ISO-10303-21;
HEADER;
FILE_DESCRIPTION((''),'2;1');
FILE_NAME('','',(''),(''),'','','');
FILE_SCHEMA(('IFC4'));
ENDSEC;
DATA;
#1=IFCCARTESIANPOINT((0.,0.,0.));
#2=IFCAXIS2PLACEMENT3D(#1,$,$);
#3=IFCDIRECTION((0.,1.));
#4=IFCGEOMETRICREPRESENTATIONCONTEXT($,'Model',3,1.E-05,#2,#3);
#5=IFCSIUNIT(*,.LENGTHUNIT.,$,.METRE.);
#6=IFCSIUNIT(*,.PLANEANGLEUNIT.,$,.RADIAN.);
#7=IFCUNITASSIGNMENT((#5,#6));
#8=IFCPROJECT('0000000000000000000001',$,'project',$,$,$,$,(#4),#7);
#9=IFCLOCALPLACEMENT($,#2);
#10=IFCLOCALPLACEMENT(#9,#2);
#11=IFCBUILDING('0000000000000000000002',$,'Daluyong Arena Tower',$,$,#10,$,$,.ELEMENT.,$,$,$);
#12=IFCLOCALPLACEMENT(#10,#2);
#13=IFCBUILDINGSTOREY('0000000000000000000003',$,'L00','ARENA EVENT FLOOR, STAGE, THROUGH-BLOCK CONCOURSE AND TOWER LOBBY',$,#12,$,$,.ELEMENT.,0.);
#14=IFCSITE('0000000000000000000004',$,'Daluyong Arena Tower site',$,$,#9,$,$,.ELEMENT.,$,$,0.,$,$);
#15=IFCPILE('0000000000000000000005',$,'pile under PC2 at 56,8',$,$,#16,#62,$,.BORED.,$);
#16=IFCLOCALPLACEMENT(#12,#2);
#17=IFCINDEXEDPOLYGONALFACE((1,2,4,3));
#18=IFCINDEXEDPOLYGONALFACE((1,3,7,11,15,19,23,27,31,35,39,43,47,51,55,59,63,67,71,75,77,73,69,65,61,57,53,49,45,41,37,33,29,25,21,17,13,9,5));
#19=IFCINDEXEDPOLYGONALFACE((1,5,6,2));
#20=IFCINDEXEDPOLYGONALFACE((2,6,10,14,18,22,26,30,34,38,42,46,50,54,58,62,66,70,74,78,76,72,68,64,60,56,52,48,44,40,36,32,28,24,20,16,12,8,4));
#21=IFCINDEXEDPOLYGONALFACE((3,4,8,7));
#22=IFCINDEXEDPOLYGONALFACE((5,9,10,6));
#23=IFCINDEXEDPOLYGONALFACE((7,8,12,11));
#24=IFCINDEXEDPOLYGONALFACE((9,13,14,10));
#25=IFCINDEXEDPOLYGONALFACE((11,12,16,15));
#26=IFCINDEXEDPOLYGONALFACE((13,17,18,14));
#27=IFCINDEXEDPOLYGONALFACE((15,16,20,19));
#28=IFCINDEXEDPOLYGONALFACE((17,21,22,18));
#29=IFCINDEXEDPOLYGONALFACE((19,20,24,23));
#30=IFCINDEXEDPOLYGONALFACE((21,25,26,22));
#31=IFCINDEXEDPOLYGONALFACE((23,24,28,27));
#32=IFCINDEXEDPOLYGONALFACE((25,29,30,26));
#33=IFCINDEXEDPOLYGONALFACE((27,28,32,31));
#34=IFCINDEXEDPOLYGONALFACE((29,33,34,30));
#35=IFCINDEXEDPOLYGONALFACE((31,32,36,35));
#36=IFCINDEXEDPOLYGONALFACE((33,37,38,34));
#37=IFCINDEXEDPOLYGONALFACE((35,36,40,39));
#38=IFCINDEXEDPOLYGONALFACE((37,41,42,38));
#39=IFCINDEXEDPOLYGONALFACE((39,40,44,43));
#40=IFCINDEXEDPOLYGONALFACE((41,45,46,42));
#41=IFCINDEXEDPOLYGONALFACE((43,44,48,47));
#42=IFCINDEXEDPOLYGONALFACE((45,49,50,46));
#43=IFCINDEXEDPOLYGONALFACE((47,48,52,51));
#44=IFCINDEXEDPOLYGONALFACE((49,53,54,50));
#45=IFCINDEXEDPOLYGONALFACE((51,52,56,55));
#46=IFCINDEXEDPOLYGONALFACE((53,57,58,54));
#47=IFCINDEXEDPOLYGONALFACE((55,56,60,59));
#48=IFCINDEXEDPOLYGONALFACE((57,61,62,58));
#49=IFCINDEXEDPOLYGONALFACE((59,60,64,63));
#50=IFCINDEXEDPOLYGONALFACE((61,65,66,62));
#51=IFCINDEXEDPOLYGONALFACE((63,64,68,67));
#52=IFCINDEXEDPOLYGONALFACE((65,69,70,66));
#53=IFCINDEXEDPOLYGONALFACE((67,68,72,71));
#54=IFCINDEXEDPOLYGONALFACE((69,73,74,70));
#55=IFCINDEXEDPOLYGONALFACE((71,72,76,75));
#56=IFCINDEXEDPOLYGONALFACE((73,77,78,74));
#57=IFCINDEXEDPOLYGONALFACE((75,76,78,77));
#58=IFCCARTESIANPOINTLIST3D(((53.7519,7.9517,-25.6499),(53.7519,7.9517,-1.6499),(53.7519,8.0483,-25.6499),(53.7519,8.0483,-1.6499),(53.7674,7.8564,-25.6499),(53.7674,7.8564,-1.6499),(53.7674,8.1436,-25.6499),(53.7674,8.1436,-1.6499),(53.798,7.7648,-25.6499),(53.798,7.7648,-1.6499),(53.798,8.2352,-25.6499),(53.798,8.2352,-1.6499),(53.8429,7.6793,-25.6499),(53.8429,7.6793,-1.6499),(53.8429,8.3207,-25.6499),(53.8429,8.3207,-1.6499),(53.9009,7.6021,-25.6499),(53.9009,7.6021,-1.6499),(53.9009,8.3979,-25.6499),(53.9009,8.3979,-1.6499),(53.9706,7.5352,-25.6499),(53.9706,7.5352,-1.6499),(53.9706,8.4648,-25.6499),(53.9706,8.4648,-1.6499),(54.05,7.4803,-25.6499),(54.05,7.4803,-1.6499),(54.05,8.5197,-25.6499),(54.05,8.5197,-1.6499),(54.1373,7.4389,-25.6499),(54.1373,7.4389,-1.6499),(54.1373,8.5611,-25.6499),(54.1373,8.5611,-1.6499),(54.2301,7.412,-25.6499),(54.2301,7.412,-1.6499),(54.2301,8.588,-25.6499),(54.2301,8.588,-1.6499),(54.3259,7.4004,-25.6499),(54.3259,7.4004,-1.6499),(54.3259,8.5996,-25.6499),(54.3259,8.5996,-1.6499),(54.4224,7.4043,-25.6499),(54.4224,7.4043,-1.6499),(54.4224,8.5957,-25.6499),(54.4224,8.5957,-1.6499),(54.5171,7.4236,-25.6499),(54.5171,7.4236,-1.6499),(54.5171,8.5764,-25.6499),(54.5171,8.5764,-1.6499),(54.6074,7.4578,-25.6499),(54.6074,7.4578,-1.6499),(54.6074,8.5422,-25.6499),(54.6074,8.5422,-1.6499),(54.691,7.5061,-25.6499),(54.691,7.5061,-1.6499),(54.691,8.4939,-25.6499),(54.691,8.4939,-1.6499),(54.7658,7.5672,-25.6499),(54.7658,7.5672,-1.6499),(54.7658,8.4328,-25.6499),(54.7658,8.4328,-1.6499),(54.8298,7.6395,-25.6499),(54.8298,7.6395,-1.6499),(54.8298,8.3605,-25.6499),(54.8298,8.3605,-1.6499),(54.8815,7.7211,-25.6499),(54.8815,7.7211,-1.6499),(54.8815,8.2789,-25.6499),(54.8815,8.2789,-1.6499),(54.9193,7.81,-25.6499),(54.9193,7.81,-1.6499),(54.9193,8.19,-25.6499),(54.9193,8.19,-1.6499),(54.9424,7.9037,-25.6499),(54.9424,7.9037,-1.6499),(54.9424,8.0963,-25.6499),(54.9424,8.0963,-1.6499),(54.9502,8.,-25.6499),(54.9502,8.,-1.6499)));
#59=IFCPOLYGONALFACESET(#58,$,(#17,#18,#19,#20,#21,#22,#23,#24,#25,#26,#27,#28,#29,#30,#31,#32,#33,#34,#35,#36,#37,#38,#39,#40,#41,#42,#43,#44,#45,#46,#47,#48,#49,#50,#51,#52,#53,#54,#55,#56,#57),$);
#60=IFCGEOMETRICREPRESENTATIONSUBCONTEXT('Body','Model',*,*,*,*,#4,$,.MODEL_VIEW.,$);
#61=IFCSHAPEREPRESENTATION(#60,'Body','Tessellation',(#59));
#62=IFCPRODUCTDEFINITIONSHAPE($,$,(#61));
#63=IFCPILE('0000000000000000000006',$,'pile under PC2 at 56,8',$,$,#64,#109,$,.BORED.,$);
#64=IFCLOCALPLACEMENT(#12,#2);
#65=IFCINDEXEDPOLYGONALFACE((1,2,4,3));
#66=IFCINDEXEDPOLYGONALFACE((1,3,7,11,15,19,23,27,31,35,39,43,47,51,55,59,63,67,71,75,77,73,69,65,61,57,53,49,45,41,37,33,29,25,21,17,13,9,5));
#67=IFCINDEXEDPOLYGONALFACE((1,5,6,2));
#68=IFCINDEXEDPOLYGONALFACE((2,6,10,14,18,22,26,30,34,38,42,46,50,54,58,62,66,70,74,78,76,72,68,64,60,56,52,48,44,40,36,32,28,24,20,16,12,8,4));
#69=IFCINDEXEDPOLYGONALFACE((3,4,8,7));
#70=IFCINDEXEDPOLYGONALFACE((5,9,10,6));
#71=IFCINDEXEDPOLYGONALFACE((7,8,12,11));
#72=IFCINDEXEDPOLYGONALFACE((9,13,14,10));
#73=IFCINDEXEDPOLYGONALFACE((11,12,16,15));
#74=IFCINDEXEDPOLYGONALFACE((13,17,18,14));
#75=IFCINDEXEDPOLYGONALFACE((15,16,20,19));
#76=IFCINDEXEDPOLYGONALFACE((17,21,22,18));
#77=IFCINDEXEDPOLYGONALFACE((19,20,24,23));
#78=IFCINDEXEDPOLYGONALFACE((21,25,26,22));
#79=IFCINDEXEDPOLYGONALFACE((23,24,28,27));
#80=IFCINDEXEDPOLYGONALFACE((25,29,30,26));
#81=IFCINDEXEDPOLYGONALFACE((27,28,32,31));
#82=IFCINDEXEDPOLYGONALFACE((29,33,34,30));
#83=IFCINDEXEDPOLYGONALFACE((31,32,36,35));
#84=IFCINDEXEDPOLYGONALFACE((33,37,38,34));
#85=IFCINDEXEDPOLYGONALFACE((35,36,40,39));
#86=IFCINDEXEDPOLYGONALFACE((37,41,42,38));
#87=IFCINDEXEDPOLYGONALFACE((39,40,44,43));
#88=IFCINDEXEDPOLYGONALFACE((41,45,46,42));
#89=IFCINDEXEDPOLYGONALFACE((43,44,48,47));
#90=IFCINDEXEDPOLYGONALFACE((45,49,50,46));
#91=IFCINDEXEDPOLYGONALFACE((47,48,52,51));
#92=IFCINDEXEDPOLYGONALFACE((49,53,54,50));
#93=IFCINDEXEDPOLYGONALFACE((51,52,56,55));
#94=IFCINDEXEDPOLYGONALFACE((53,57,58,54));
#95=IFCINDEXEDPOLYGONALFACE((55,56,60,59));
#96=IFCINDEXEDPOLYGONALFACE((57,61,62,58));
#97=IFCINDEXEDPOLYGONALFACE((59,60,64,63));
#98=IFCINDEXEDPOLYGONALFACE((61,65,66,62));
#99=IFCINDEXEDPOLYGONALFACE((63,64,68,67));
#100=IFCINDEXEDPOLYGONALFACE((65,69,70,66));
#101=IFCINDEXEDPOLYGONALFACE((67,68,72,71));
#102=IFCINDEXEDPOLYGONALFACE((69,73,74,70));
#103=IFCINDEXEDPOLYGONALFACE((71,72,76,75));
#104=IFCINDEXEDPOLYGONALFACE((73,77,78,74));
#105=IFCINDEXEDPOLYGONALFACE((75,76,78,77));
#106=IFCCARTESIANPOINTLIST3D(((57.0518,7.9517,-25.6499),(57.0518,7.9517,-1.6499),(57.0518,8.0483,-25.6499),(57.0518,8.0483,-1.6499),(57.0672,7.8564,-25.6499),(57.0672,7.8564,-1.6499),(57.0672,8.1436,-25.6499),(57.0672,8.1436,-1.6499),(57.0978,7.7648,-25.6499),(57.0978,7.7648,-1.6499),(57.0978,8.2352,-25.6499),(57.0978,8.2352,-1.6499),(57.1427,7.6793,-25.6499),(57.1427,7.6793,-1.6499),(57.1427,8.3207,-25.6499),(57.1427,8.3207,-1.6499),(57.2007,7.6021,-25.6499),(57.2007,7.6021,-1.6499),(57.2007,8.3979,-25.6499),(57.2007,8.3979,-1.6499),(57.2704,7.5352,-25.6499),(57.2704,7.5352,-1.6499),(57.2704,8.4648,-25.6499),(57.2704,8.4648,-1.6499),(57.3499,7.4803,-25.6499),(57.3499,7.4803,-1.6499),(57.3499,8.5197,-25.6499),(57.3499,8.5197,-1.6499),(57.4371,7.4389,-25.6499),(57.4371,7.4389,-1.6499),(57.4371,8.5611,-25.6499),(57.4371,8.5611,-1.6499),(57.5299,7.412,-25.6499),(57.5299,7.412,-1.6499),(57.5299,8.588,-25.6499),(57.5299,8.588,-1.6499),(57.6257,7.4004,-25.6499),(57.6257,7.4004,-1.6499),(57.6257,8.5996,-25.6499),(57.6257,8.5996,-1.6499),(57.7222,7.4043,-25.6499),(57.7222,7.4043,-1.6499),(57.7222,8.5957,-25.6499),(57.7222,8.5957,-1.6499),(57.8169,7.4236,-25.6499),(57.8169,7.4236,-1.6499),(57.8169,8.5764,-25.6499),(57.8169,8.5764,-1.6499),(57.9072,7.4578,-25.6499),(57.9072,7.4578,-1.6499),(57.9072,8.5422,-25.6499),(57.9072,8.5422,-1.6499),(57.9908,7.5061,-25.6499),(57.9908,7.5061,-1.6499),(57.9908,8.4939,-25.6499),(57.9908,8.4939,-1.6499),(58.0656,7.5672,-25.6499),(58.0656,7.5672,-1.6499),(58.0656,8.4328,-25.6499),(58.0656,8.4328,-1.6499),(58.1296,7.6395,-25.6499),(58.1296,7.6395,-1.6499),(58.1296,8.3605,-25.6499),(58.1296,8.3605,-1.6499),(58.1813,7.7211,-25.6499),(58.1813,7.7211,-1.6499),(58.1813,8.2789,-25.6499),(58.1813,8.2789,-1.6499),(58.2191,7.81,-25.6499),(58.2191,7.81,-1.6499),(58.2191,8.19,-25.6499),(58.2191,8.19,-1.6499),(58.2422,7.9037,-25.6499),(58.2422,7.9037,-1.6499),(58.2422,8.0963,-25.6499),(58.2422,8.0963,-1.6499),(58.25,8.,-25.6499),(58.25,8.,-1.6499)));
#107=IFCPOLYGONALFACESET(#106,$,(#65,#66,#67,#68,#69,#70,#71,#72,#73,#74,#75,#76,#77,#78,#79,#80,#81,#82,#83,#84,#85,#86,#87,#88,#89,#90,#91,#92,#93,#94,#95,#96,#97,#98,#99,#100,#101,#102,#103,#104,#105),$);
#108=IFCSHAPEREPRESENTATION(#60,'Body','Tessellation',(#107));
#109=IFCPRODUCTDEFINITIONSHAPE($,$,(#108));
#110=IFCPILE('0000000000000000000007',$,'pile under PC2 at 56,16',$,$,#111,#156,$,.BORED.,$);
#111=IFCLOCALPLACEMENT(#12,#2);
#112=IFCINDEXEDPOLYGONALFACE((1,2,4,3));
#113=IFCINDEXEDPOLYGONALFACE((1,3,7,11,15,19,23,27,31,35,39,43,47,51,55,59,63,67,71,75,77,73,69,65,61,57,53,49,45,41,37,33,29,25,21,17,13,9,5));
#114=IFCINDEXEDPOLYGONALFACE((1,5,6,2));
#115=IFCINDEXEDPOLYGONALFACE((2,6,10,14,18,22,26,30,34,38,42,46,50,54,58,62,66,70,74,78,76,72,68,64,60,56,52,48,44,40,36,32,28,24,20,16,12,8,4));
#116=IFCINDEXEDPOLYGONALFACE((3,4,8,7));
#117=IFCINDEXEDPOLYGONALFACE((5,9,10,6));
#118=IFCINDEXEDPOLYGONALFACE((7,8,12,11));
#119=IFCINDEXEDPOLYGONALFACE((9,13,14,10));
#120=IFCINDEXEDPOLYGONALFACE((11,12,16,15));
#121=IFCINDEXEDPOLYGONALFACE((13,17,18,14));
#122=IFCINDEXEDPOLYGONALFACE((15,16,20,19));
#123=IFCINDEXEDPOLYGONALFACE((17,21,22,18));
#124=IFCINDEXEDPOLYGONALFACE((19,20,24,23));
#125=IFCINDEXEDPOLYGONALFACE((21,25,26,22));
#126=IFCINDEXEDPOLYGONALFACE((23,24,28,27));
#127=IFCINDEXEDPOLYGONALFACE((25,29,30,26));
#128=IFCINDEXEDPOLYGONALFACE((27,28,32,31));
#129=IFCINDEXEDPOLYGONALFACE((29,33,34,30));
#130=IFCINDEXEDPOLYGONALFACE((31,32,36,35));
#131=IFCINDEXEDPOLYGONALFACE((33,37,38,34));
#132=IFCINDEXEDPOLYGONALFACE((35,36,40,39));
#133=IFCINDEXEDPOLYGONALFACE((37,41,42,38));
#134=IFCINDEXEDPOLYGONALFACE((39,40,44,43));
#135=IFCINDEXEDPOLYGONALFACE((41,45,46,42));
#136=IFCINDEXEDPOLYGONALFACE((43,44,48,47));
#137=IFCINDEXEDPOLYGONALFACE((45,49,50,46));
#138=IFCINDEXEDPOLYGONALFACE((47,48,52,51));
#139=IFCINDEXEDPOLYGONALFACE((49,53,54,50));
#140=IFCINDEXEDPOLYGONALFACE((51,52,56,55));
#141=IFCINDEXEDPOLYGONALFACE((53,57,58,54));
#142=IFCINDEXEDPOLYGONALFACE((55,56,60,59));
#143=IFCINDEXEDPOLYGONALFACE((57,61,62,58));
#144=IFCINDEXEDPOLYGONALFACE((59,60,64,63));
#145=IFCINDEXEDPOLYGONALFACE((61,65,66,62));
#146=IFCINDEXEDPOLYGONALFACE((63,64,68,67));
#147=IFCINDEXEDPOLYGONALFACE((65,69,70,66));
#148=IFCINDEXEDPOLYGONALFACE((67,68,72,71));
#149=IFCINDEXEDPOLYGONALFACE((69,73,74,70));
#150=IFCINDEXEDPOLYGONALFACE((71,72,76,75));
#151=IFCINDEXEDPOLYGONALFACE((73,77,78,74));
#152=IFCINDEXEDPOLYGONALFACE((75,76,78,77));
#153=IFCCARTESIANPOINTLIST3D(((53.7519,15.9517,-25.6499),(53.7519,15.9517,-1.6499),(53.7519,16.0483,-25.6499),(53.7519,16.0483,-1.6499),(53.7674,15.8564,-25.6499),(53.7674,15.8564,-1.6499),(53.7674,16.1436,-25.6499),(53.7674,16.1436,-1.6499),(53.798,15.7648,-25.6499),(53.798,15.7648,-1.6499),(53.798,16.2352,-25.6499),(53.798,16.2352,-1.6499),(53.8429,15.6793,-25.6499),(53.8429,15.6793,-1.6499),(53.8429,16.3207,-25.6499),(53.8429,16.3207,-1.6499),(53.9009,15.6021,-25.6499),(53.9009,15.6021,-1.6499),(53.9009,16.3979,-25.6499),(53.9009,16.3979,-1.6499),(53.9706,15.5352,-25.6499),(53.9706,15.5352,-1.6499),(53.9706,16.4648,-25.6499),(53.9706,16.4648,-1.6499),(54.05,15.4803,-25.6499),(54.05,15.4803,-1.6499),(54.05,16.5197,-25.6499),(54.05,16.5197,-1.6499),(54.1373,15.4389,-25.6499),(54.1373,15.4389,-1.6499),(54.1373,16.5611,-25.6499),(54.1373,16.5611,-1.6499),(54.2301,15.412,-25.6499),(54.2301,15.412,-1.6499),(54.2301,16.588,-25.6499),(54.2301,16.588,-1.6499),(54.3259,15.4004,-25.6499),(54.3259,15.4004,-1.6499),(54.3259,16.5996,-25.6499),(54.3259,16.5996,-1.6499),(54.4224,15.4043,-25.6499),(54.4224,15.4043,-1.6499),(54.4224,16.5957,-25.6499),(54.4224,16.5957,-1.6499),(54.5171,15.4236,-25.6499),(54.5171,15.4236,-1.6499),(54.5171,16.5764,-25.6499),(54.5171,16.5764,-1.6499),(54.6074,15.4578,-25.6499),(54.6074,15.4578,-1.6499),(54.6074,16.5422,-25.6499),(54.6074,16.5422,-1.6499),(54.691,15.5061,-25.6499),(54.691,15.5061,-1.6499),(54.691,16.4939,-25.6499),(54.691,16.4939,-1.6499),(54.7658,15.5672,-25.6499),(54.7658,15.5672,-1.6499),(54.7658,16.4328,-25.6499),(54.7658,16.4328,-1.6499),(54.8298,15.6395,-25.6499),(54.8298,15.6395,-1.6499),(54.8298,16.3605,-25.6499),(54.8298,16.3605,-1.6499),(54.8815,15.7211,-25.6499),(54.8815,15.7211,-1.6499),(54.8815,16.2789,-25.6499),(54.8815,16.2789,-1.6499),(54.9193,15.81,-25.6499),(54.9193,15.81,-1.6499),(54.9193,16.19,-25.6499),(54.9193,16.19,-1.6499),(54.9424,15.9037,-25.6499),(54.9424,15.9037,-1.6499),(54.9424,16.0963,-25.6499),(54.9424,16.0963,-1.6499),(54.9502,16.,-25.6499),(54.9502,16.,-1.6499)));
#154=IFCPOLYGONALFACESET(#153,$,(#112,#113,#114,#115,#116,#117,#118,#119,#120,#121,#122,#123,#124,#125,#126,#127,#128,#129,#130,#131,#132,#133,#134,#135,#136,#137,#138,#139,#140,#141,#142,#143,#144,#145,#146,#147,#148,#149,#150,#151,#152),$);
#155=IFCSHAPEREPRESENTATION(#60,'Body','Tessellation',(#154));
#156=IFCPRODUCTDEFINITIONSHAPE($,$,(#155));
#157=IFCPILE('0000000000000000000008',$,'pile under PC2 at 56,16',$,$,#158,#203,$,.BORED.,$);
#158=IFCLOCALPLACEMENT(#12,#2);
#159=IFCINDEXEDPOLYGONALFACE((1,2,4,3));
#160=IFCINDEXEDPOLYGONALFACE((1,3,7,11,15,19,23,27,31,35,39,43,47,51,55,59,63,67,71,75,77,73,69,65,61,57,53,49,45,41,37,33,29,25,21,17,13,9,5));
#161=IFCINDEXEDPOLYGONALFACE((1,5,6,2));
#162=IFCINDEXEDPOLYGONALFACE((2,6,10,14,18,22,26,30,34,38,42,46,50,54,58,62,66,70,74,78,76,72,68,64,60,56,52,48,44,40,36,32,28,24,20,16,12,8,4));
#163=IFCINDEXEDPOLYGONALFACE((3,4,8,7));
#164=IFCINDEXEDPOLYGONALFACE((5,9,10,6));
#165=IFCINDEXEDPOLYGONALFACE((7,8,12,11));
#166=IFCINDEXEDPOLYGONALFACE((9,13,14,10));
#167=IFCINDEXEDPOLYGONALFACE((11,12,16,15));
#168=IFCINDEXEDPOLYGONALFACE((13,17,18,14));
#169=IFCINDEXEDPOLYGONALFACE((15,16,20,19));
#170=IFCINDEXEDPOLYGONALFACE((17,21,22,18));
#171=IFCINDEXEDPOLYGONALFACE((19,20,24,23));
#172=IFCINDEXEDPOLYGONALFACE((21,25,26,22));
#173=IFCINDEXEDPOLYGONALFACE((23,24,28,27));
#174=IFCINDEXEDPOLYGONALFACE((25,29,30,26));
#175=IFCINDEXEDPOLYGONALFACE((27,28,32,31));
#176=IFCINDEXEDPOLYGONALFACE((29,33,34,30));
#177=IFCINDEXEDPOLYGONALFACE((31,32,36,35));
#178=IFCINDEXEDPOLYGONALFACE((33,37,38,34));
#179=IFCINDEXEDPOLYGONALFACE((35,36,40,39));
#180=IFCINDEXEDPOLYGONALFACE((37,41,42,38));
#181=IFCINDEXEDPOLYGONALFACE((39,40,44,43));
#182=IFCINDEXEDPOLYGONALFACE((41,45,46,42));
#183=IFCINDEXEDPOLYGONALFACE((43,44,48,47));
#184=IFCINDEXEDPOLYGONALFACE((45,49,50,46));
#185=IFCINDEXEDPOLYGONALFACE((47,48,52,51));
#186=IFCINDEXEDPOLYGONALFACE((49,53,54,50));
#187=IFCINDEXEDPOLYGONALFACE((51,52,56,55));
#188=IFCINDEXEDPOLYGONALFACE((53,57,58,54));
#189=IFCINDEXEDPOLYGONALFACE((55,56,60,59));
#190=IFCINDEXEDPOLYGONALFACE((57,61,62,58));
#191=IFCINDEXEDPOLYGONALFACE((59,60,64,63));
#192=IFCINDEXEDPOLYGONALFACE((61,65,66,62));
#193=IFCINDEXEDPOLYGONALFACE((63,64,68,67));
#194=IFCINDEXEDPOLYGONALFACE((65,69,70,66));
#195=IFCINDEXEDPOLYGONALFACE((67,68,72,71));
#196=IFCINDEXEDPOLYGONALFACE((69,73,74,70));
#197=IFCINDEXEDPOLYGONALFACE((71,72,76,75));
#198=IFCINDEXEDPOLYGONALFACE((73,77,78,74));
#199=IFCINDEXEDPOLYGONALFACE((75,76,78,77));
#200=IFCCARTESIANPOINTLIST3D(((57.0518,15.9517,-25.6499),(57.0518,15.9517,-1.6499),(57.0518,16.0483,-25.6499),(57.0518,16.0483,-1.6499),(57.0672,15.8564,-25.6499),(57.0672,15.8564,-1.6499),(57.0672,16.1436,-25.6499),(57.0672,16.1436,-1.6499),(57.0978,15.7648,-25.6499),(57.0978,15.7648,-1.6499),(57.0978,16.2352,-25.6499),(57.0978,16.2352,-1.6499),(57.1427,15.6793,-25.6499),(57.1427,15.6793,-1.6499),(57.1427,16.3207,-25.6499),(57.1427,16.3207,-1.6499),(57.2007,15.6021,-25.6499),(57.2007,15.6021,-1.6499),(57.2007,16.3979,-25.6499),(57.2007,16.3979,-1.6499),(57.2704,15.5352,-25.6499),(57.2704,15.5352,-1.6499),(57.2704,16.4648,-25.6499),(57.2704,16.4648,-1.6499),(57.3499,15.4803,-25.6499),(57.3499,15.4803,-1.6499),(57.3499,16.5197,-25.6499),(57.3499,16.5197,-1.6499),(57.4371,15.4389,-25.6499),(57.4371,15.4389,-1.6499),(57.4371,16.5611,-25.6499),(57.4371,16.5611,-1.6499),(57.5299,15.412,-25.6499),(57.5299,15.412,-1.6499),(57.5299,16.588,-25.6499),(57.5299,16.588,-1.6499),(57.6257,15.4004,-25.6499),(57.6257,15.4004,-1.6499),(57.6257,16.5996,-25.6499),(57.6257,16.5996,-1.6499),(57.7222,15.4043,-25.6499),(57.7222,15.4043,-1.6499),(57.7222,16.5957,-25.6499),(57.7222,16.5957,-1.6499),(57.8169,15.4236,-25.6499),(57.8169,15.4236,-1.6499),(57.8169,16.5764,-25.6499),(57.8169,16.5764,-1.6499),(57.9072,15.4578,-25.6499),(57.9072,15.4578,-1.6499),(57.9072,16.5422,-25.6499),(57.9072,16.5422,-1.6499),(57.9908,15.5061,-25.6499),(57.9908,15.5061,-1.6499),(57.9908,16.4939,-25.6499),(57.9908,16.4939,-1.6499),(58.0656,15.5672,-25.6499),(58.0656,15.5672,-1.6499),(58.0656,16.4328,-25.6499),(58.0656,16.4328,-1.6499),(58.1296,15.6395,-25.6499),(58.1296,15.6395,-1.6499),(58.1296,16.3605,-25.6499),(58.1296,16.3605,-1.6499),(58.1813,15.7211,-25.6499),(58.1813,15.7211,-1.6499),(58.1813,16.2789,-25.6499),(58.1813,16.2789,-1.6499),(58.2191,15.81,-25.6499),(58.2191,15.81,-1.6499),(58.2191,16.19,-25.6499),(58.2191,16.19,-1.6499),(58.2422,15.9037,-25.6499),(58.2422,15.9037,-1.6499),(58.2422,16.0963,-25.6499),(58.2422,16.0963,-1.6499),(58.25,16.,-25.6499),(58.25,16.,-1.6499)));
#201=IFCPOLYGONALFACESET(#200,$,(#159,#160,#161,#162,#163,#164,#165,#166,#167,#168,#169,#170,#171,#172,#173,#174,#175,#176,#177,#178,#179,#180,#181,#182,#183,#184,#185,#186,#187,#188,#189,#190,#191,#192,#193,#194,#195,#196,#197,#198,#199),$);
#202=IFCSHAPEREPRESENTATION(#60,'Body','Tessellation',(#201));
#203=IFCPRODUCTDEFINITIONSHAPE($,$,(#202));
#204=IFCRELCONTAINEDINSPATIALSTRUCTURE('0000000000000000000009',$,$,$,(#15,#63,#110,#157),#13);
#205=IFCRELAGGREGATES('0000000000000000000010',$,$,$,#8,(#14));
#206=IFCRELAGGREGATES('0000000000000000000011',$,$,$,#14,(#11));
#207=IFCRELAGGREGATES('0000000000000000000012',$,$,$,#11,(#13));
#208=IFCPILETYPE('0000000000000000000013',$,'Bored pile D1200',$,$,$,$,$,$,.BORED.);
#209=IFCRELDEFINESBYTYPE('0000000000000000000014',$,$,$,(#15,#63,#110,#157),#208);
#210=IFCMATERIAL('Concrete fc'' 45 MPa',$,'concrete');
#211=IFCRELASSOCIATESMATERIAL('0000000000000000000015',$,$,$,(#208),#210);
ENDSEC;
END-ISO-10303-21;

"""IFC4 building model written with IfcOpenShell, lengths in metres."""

from ifc_helpers import new_model, si_unit, direction, frame, origin, origin_2d, place, context, subcontext, project, spatial, circle, extrude, material, type_object, element, save


model = new_model("IFC4")

# Units and contexts
model_context = context("Model", 3, precision=1e-05, world=origin(), true_north=direction((0.0, 1.0)))
body_context = subcontext(model_context, "Body", "Model", "MODEL_VIEW")
ifc_project = project(units=[si_unit("LENGTHUNIT", "METRE"), si_unit("PLANEANGLEUNIT", "RADIAN")], contexts=[model_context])

# Site, building, storey
site_placement = place(None, origin())
site = spatial("IfcSite", under=ifc_project, at=site_placement, Name="Daluyong Arena Tower site", CompositionType="ELEMENT", RefElevation=0.0)
building_placement = place(site_placement, origin())
building = spatial("IfcBuilding", under=site, at=building_placement, Name="Daluyong Arena Tower", CompositionType="ELEMENT")
storey_placement = place(building_placement, origin())
storey = spatial("IfcBuildingStorey", under=building, at=storey_placement, Name="L00", Description="ARENA EVENT FLOOR, STAGE, THROUGH-BLOCK CONCOURSE AND TOWER LOBBY", CompositionType="ELEMENT", Elevation=0.0)

# Piles
ifc_material_1 = material(Name="Concrete fc' 45 MPa", Category="concrete")
pile_type = type_object("IfcPileType", Name="Bored pile D1200", PredefinedType="BORED", material=ifc_material_1)
for number, where, z_axis, x_axis, name in (
    (1, (54.3501, 8.0, -1.6499), (0.0, 0.0, -1.0), (1.0, 0.0, 0.0), "pile under PC2 at 56,8"),
    (2, (57.6499, 8.0, -1.6499), (0.0, 0.0, -1.0), (1.0, 0.0, 0.0), "pile under PC2 at 56,8"),
    (3, (54.3501, 16.0, -1.6499), (0.0, 0.0, -1.0), (1.0, 0.0, 0.0), "pile under PC2 at 56,16"),
    (4, (57.6499, 16.0, -1.6499), (0.0, 0.0, -1.0), (1.0, 0.0, 0.0), "pile under PC2 at 56,16"),
):
    element("IfcPile", number, at=place(storey_placement, frame(where, z_axis=z_axis, x_axis=x_axis)), inside=storey, type_object=pile_type, Name=name, PredefinedType="BORED", context=body_context, shape_type="SweptSolid", body=[
        extrude(circle(Radius=0.6001, at=origin_2d()), origin(), (0.0, 0.0, 1.0), 24.0),
    ])

save(model, "model.ifc")
